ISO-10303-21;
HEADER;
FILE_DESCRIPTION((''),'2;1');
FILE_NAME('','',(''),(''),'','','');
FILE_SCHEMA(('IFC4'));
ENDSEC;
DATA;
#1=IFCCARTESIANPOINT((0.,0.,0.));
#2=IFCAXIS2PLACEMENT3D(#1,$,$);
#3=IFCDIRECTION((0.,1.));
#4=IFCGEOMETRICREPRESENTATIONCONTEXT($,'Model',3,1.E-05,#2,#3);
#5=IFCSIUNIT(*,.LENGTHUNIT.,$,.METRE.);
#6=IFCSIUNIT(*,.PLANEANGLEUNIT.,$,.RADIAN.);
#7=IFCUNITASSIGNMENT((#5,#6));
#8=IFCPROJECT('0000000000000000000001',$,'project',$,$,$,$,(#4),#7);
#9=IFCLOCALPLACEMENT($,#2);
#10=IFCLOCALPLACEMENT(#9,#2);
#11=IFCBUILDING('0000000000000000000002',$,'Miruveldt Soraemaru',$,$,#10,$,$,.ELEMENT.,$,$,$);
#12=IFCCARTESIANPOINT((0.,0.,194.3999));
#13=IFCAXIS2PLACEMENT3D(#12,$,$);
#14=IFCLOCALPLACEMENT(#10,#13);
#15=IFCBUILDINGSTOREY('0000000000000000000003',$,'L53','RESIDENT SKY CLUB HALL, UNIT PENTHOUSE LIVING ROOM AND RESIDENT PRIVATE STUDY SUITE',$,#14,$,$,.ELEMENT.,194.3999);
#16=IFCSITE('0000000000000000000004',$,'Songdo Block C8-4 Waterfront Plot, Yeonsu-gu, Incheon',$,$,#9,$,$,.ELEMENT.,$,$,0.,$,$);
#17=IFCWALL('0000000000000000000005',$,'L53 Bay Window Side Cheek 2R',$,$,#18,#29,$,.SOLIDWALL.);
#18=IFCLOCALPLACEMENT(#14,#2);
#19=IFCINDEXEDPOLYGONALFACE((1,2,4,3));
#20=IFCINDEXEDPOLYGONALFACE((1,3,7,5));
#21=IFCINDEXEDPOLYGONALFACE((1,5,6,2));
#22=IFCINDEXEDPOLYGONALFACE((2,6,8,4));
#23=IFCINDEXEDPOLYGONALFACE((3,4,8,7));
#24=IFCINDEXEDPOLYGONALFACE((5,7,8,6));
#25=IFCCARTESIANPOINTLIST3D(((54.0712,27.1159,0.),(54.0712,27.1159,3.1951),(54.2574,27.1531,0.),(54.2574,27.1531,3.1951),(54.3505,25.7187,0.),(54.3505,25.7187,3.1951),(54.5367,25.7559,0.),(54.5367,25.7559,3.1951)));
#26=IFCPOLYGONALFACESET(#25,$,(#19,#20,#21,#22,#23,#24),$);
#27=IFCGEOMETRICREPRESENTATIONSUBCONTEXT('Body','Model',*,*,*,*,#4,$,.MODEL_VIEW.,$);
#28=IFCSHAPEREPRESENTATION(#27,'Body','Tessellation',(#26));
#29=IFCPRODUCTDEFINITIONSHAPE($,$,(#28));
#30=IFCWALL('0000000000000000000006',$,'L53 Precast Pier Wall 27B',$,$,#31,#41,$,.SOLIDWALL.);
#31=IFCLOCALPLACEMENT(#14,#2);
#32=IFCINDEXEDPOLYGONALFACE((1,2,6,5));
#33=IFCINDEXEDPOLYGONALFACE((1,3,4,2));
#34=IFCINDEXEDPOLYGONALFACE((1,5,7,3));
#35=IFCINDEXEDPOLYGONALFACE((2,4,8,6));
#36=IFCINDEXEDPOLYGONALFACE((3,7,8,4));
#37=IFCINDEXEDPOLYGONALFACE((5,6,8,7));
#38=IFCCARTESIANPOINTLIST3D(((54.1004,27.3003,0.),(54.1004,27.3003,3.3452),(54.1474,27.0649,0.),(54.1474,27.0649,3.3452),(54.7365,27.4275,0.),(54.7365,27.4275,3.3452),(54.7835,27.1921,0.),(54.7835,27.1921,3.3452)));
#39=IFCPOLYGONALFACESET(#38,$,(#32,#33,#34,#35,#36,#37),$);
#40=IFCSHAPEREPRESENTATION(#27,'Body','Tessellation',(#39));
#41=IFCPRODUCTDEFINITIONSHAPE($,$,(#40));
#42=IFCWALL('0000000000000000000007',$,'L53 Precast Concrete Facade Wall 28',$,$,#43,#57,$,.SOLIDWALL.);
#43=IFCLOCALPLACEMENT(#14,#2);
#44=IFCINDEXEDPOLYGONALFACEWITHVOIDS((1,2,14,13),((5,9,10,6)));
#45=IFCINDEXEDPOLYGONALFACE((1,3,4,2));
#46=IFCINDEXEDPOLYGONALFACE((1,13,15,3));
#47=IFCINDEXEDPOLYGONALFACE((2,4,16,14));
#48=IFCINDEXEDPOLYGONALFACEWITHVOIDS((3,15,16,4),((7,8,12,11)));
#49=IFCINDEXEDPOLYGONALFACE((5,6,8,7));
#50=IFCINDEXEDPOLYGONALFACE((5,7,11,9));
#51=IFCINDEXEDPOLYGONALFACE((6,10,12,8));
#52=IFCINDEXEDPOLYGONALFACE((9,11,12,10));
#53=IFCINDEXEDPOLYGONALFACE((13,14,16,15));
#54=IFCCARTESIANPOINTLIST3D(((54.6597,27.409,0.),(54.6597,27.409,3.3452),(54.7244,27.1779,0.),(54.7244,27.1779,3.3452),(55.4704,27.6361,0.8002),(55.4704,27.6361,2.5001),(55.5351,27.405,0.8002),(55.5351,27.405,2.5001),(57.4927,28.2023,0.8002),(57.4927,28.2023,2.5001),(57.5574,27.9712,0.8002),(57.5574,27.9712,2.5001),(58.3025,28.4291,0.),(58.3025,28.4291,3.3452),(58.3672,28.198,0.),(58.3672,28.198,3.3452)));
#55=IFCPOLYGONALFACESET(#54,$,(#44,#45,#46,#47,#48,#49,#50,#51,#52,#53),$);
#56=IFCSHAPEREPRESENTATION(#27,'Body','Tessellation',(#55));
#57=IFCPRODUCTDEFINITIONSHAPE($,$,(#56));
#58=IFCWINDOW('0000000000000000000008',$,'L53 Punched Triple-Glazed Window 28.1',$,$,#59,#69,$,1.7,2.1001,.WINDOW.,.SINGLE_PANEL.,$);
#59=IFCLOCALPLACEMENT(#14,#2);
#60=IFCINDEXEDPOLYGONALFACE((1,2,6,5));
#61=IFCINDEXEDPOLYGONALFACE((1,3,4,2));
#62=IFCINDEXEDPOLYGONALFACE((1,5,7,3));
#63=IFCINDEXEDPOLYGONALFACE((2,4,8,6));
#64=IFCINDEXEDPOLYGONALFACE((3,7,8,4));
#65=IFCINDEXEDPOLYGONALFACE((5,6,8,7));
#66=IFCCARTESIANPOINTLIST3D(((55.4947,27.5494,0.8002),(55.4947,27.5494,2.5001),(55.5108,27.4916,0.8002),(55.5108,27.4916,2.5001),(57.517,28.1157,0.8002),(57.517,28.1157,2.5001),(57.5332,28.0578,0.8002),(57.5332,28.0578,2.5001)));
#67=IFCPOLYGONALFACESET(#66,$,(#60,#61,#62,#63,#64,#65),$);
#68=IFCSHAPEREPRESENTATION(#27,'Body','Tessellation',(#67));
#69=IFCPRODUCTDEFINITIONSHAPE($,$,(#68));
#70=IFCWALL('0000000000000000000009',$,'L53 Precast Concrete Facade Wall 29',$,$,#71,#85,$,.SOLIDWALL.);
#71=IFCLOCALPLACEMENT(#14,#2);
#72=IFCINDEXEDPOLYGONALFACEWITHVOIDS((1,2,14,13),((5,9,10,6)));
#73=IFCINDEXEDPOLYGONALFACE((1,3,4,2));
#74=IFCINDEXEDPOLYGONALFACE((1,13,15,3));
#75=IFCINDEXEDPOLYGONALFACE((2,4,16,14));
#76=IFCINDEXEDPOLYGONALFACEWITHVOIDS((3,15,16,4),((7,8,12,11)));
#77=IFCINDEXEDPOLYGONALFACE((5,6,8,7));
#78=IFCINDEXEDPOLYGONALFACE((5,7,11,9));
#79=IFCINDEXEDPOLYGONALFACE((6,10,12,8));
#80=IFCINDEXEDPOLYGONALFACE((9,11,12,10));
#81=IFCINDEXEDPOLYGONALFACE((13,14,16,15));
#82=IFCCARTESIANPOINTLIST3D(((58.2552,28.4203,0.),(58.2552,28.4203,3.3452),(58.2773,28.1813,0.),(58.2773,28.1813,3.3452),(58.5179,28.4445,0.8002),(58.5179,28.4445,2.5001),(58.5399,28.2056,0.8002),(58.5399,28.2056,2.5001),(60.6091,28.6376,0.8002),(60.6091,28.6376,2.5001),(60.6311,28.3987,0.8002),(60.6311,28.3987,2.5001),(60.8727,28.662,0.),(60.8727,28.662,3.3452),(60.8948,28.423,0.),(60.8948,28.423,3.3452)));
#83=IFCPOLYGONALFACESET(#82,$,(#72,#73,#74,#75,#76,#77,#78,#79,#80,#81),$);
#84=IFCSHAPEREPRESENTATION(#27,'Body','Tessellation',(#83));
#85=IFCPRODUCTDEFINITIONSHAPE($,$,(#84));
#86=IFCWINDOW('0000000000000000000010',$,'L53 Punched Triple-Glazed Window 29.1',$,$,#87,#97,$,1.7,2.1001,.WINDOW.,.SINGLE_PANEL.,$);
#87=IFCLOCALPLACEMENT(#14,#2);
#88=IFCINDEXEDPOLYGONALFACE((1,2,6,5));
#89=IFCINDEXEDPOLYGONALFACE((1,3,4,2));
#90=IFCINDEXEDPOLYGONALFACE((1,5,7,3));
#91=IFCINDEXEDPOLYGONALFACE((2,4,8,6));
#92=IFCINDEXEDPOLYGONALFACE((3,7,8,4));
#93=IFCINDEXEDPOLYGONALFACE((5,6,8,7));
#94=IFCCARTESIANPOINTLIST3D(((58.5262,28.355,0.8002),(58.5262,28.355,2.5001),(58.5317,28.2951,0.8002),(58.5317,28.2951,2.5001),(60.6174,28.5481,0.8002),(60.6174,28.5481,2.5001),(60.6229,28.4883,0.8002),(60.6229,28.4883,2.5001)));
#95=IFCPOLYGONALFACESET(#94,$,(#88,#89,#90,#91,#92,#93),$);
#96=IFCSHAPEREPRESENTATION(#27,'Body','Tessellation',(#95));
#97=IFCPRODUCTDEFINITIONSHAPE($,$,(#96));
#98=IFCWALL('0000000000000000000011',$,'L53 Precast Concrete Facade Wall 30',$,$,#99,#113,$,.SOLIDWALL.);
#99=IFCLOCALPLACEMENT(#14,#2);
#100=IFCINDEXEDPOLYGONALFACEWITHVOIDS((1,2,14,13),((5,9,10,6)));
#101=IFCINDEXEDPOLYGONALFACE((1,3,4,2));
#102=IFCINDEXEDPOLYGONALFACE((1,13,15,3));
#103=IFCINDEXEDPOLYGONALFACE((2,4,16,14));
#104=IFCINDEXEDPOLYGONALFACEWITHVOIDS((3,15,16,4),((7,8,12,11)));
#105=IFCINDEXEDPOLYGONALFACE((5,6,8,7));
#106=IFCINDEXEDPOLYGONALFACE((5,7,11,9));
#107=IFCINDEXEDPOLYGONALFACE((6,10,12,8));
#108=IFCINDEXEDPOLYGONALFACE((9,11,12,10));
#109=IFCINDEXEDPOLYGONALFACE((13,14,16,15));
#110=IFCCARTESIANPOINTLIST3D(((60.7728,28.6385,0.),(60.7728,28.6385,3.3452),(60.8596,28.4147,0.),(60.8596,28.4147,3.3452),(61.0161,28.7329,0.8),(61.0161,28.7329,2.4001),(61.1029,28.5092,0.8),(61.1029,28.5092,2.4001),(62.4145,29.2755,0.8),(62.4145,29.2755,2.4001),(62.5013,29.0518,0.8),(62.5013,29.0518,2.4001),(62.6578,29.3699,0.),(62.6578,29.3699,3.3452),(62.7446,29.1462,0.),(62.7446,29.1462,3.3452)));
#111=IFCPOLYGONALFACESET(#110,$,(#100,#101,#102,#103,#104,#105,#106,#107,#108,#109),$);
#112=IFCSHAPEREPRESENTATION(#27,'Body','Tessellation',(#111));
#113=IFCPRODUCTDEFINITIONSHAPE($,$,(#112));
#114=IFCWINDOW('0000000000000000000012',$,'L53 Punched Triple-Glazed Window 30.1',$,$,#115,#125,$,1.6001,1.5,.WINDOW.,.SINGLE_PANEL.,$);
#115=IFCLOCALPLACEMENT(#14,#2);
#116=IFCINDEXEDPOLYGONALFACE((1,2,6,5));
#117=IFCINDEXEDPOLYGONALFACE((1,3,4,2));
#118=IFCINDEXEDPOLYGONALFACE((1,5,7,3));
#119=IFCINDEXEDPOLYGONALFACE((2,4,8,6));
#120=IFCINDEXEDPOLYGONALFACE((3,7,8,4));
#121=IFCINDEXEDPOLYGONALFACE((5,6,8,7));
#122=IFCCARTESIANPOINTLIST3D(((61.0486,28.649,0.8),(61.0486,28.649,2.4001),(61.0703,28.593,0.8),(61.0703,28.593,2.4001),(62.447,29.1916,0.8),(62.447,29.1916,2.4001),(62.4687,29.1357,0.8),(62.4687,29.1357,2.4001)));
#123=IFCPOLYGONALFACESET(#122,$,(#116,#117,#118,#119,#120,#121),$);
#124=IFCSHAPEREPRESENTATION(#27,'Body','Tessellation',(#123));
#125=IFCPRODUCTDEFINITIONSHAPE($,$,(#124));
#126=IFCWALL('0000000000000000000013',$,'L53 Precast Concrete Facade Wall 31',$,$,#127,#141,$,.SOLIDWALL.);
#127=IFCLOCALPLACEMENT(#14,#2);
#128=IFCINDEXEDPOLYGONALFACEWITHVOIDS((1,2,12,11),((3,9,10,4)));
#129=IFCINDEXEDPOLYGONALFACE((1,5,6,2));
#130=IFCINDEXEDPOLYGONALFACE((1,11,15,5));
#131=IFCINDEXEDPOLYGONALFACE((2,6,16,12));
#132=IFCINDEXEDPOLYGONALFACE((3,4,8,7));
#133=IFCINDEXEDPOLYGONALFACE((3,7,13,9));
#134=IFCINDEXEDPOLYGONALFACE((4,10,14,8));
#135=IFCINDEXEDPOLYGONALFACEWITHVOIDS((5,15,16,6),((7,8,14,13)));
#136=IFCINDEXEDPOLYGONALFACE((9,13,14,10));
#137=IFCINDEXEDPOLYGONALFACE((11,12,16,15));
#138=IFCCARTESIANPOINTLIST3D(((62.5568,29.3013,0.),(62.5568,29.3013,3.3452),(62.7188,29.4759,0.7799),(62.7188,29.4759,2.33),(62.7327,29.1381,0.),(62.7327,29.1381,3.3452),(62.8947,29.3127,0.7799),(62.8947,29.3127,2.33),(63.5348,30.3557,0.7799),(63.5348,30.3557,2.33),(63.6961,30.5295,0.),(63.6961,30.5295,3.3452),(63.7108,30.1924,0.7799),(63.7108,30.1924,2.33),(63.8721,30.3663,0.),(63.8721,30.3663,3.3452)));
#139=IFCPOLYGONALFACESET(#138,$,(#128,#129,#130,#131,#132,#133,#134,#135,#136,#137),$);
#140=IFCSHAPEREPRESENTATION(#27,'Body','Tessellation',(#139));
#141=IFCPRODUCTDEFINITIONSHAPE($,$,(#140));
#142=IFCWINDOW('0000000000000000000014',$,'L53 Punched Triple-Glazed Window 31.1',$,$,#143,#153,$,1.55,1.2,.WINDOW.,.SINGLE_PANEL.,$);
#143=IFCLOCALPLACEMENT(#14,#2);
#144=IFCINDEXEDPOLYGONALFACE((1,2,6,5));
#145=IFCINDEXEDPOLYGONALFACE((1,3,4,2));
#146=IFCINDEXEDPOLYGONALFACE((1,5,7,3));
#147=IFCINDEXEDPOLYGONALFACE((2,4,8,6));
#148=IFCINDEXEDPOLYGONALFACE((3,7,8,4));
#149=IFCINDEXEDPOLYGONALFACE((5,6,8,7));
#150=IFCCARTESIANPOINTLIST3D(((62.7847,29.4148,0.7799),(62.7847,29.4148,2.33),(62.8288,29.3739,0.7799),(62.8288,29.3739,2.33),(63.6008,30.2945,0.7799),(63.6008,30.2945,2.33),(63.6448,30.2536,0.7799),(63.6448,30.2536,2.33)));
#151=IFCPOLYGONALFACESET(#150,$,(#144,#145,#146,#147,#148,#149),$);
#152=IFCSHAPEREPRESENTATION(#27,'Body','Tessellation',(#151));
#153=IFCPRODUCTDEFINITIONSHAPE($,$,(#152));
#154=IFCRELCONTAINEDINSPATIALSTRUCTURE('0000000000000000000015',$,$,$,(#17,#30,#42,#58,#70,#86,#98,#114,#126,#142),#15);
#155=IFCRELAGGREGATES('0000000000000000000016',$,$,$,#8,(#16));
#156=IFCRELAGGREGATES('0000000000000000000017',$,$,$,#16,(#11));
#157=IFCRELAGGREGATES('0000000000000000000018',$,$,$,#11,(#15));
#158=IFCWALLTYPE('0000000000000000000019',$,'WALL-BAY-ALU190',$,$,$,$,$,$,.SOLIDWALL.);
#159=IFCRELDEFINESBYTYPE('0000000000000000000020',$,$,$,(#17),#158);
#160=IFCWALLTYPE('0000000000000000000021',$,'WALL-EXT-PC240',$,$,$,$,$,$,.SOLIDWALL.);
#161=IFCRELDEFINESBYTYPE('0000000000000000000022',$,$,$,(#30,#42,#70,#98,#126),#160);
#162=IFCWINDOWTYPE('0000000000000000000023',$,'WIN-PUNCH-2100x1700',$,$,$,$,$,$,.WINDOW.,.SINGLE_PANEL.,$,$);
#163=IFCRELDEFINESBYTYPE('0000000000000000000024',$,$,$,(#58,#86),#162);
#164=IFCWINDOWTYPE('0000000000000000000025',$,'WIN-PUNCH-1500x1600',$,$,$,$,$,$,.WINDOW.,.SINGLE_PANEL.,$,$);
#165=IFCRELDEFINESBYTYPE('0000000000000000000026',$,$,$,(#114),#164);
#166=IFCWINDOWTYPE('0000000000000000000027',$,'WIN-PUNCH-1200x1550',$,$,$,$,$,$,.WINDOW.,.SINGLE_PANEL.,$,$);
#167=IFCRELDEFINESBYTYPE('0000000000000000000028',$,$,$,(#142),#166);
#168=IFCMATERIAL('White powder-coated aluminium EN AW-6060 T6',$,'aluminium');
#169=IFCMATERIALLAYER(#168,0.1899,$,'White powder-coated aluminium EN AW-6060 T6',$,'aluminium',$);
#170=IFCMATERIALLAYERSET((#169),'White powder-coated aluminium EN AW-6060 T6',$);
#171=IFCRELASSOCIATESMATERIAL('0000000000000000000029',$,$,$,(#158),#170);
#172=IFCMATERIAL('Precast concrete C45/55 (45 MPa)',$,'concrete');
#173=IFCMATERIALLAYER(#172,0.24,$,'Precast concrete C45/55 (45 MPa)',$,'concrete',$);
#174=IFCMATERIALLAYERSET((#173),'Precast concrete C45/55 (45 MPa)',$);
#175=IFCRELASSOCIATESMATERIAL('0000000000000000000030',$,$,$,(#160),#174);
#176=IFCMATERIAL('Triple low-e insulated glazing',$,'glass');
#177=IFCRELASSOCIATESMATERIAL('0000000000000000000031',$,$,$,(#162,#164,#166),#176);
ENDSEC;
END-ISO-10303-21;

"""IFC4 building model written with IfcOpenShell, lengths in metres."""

from ifc_helpers import new_model, si_unit, direction, frame, frame_2d, origin, place, context, subcontext, project, spatial, rectangle, extrude, material, layer, layer_set, type_object, element, fill, save


model = new_model("IFC4")

# Units and contexts
model_context = context("Model", 3, precision=1e-05, world=origin(), true_north=direction((0.0, 1.0)))
body_context = subcontext(model_context, "Body", "Model", "MODEL_VIEW")
ifc_project = project(units=[si_unit("LENGTHUNIT", "METRE"), si_unit("PLANEANGLEUNIT", "RADIAN")], contexts=[model_context])

# Site, building, storey
site_placement = place(None, origin())
site = spatial("IfcSite", under=ifc_project, at=site_placement, Name="Songdo Block C8-4 Waterfront Plot, Yeonsu-gu, Incheon", CompositionType="ELEMENT", RefElevation=0.0)
building_placement = place(site_placement, origin())
building = spatial("IfcBuilding", under=site, at=building_placement, Name="Miruveldt Soraemaru", CompositionType="ELEMENT")
storey_placement = place(building_placement, frame((0.0, 0.0, 194.3999)))
storey = spatial("IfcBuildingStorey", under=building, at=storey_placement, Name="L53", Description="RESIDENT SKY CLUB HALL, UNIT PENTHOUSE LIVING ROOM AND RESIDENT PRIVATE STUDY SUITE", CompositionType="ELEMENT", Elevation=194.3999)

# Walls
ifc_material_1 = material(Name="White powder-coated aluminium EN AW-6060 T6", Category="aluminium")
ifc_layer_1 = layer(ifc_material_1, 0.1899, Name="White powder-coated aluminium EN AW-6060 T6", Category="aluminium")
ifc_layer_set_1 = layer_set([ifc_layer_1], Name="White powder-coated aluminium EN AW-6060 T6")
wall_type_1 = type_object("IfcWallType", Name="WALL-BAY-ALU190", PredefinedType="SOLIDWALL", material=ifc_layer_set_1)
wall_1_placement = place(storey_placement, frame((54.4436, 25.7373, 0.0), z_axis=(0.0, 0.0, 1.0), x_axis=(-0.196017, 0.9806, 0.0)))
element("IfcWall", 1, at=wall_1_placement, inside=storey, type_object=wall_type_1, Name="L53 Bay Window Side Cheek 2R", PredefinedType="SOLIDWALL", context=body_context, shape_type="SweptSolid", body=[
    extrude(rectangle(XDim=1.4248, YDim=0.1899, at=frame_2d((0.7124, 0.0))), origin(), (0.0, 0.0, 1.0), 3.1951),
])
ifc_material_2 = material(Name="Precast concrete C45/55 (45 MPa)", Category="concrete")
ifc_layer_2 = layer(ifc_material_2, 0.24, Name="Precast concrete C45/55 (45 MPa)", Category="concrete")
ifc_layer_set_2 = layer_set([ifc_layer_2], Name="Precast concrete C45/55 (45 MPa)")
wall_type_2 = type_object("IfcWallType", Name="WALL-EXT-PC240", PredefinedType="SOLIDWALL", material=ifc_layer_set_2)
wall_2_placement = place(storey_placement, frame((54.124, 27.1826, 0.0), z_axis=(0.0, 0.0, 1.0), x_axis=(0.980581, 0.196116, 0.0)))
element("IfcWall", 2, at=wall_2_placement, inside=storey, type_object=wall_type_2, Name="L53 Precast Pier Wall 27B", PredefinedType="SOLIDWALL", context=body_context, shape_type="SweptSolid", body=[
    extrude(rectangle(XDim=0.6487, YDim=0.24, at=frame_2d((0.3242, 0.0))), origin(), (0.0, 0.0, 1.0), 3.3452),
])

# Walls, openings, windows
wall_3_placement = place(storey_placement, frame((54.6919, 27.2935, 0.0), z_axis=(0.0, 0.0, 1.0), x_axis=(0.962962, 0.269637, 0.0)))
wall_3 = element("IfcWall", 3, at=wall_3_placement, inside=storey, type_object=wall_type_2, Name="L53 Precast Concrete Facade Wall 28", PredefinedType="SOLIDWALL", context=body_context, shape_type="SweptSolid", body=[
    extrude(rectangle(XDim=3.783, YDim=0.24, at=frame_2d((1.8916, 0.0))), origin(), (0.0, 0.0, 1.0), 3.3452),
])
opening_1_placement = place(wall_3_placement, frame((0.842, 0.0, 0.8)))
opening_1 = element("IfcOpeningElement", 4, at=opening_1_placement, cuts=wall_3, PredefinedType="OPENING", context=body_context, shape_type="SweptSolid", body=[
    extrude(rectangle(XDim=2.1001, YDim=1.7, at=frame_2d((1.05, 0.8501))), frame((0.0, 0.1299, 0.0), z_axis=(0.0, -1.0, 0.0), x_axis=(1.0, 0.0, 0.0)), (0.0, 0.0, 1.0), 0.26),
])
ifc_material_3 = material(Name="Triple low-e insulated glazing", Category="glass")
window_type_1 = type_object("IfcWindowType", Name="WIN-PUNCH-2100x1700", PartitioningType="SINGLE_PANEL", PredefinedType="WINDOW", material=ifc_material_3)
window_1_placement = place(opening_1_placement, origin())
window_1 = element("IfcWindow", 5, at=window_1_placement, inside=storey, type_object=window_type_1, Name="L53 Punched Triple-Glazed Window 28.1", OverallHeight=1.7, OverallWidth=2.1001, PartitioningType="SINGLE_PANEL", PredefinedType="WINDOW", context=body_context, shape_type="SweptSolid", body=[
    extrude(rectangle(XDim=2.1001, YDim=1.7, at=frame_2d((1.05, 0.8501))), frame((0.0, 0.03, 0.0), z_axis=(0.0, -1.0, 0.0), x_axis=(1.0, 0.0, 0.0)), (0.0, 0.0, 1.0), 0.0601),
])
fill(opening_1, window_1)
wall_4_placement = place(storey_placement, frame((58.2661, 28.3008, 0.0), z_axis=(0.0, 0.0, 1.0), x_axis=(0.995764, 0.091951, 0.0)))
wall_4 = element("IfcWall", 6, at=wall_4_placement, inside=storey, type_object=wall_type_2, Name="L53 Precast Concrete Facade Wall 29", PredefinedType="SOLIDWALL", context=body_context, shape_type="SweptSolid", body=[
    extrude(rectangle(XDim=2.6287, YDim=0.24, at=frame_2d((1.3145, 0.0))), origin(), (0.0, 0.0, 1.0), 3.3452),
])
opening_2_placement = place(wall_4_placement, frame((0.2639, 0.0, 0.8)))
opening_2 = element("IfcOpeningElement", 7, at=opening_2_placement, cuts=wall_4, PredefinedType="OPENING", context=body_context, shape_type="SweptSolid", body=[
    extrude(rectangle(XDim=2.1001, YDim=1.7, at=frame_2d((1.05, 0.8501))), frame((0.0, 0.1299, 0.0), z_axis=(0.0, -1.0, 0.0), x_axis=(1.0, 0.0, 0.0)), (0.0, 0.0, 1.0), 0.26),
])
window_2_placement = place(opening_2_placement, origin())
window_2 = element("IfcWindow", 8, at=window_2_placement, inside=storey, type_object=window_type_1, Name="L53 Punched Triple-Glazed Window 29.1", OverallHeight=1.7, OverallWidth=2.1001, PartitioningType="SINGLE_PANEL", PredefinedType="WINDOW", context=body_context, shape_type="SweptSolid", body=[
    extrude(rectangle(XDim=2.1001, YDim=1.7, at=frame_2d((1.05, 0.8501))), frame((0.0, 0.03, 0.0), z_axis=(0.0, -1.0, 0.0), x_axis=(1.0, 0.0, 0.0)), (0.0, 0.0, 1.0), 0.0601),
])
fill(opening_2, window_2)
wall_5_placement = place(storey_placement, frame((60.8162, 28.5266, 0.0), z_axis=(0.0, 0.0, 1.0), x_axis=(0.932274, 0.361753, 0.0)))
wall_5 = element("IfcWall", 9, at=wall_5_placement, inside=storey, type_object=wall_type_2, Name="L53 Precast Concrete Facade Wall 30", PredefinedType="SOLIDWALL", context=body_context, shape_type="SweptSolid", body=[
    extrude(rectangle(XDim=2.022, YDim=0.24, at=frame_2d((1.011, 0.0))), origin(), (0.0, 0.0, 1.0), 3.3452),
])
opening_3_placement = place(wall_5_placement, frame((0.261, 0.0, 0.8)))
opening_3 = element("IfcOpeningElement", 10, at=opening_3_placement, cuts=wall_5, PredefinedType="OPENING", context=body_context, shape_type="SweptSolid", body=[
    extrude(rectangle(XDim=1.5, YDim=1.6001, at=frame_2d((0.75, 0.8))), frame((0.0, 0.1299, 0.0), z_axis=(0.0, -1.0, 0.0), x_axis=(1.0, 0.0, 0.0)), (0.0, 0.0, 1.0), 0.26),
])
window_type_2 = type_object("IfcWindowType", Name="WIN-PUNCH-1500x1600", PartitioningType="SINGLE_PANEL", PredefinedType="WINDOW", material=ifc_material_3)
window_3_placement = place(opening_3_placement, origin())
window_3 = element("IfcWindow", 11, at=window_3_placement, inside=storey, type_object=window_type_2, Name="L53 Punched Triple-Glazed Window 30.1", OverallHeight=1.6001, OverallWidth=1.5, PartitioningType="SINGLE_PANEL", PredefinedType="WINDOW", context=body_context, shape_type="SweptSolid", body=[
    extrude(rectangle(XDim=1.5, YDim=1.6001, at=frame_2d((0.75, 0.8))), frame((0.0, 0.03, 0.0), z_axis=(0.0, -1.0, 0.0), x_axis=(1.0, 0.0, 0.0)), (0.0, 0.0, 1.0), 0.0601),
])
fill(opening_3, window_3)
wall_6_placement = place(storey_placement, frame((62.6448, 29.2197, 0.0), z_axis=(0.0, 0.0, 1.0), x_axis=(0.680088, 0.733131, 0.0)))
wall_6 = element("IfcWall", 12, at=wall_6_placement, inside=storey, type_object=wall_type_2, Name="L53 Precast Concrete Facade Wall 31", PredefinedType="SOLIDWALL", context=body_context, shape_type="SweptSolid", body=[
    extrude(rectangle(XDim=1.6753, YDim=0.24, at=frame_2d((0.8376, 0.0))), origin(), (0.0, 0.0, 1.0), 3.3452),
])
opening_4_placement = place(wall_6_placement, frame((0.238, 0.0, 0.78)))
opening_4 = element("IfcOpeningElement", 13, at=opening_4_placement, cuts=wall_6, PredefinedType="OPENING", context=body_context, shape_type="SweptSolid", body=[
    extrude(rectangle(XDim=1.2, YDim=1.55, at=frame_2d((0.6001, 0.7749))), frame((0.0, 0.1299, 0.0), z_axis=(0.0, -1.0, 0.0), x_axis=(1.0, 0.0, 0.0)), (0.0, 0.0, 1.0), 0.26),
])
window_type_3 = type_object("IfcWindowType", Name="WIN-PUNCH-1200x1550", PartitioningType="SINGLE_PANEL", PredefinedType="WINDOW", material=ifc_material_3)
window_4_placement = place(opening_4_placement, origin())
window_4 = element("IfcWindow", 14, at=window_4_placement, inside=storey, type_object=window_type_3, Name="L53 Punched Triple-Glazed Window 31.1", OverallHeight=1.55, OverallWidth=1.2, PartitioningType="SINGLE_PANEL", PredefinedType="WINDOW", context=body_context, shape_type="SweptSolid", body=[
    extrude(rectangle(XDim=1.2, YDim=1.55, at=frame_2d((0.6001, 0.7749))), frame((0.0, 0.03, 0.0), z_axis=(0.0, -1.0, 0.0), x_axis=(1.0, 0.0, 0.0)), (0.0, 0.0, 1.0), 0.0601),
])
fill(opening_4, window_4)

save(model, "model.ifc")
